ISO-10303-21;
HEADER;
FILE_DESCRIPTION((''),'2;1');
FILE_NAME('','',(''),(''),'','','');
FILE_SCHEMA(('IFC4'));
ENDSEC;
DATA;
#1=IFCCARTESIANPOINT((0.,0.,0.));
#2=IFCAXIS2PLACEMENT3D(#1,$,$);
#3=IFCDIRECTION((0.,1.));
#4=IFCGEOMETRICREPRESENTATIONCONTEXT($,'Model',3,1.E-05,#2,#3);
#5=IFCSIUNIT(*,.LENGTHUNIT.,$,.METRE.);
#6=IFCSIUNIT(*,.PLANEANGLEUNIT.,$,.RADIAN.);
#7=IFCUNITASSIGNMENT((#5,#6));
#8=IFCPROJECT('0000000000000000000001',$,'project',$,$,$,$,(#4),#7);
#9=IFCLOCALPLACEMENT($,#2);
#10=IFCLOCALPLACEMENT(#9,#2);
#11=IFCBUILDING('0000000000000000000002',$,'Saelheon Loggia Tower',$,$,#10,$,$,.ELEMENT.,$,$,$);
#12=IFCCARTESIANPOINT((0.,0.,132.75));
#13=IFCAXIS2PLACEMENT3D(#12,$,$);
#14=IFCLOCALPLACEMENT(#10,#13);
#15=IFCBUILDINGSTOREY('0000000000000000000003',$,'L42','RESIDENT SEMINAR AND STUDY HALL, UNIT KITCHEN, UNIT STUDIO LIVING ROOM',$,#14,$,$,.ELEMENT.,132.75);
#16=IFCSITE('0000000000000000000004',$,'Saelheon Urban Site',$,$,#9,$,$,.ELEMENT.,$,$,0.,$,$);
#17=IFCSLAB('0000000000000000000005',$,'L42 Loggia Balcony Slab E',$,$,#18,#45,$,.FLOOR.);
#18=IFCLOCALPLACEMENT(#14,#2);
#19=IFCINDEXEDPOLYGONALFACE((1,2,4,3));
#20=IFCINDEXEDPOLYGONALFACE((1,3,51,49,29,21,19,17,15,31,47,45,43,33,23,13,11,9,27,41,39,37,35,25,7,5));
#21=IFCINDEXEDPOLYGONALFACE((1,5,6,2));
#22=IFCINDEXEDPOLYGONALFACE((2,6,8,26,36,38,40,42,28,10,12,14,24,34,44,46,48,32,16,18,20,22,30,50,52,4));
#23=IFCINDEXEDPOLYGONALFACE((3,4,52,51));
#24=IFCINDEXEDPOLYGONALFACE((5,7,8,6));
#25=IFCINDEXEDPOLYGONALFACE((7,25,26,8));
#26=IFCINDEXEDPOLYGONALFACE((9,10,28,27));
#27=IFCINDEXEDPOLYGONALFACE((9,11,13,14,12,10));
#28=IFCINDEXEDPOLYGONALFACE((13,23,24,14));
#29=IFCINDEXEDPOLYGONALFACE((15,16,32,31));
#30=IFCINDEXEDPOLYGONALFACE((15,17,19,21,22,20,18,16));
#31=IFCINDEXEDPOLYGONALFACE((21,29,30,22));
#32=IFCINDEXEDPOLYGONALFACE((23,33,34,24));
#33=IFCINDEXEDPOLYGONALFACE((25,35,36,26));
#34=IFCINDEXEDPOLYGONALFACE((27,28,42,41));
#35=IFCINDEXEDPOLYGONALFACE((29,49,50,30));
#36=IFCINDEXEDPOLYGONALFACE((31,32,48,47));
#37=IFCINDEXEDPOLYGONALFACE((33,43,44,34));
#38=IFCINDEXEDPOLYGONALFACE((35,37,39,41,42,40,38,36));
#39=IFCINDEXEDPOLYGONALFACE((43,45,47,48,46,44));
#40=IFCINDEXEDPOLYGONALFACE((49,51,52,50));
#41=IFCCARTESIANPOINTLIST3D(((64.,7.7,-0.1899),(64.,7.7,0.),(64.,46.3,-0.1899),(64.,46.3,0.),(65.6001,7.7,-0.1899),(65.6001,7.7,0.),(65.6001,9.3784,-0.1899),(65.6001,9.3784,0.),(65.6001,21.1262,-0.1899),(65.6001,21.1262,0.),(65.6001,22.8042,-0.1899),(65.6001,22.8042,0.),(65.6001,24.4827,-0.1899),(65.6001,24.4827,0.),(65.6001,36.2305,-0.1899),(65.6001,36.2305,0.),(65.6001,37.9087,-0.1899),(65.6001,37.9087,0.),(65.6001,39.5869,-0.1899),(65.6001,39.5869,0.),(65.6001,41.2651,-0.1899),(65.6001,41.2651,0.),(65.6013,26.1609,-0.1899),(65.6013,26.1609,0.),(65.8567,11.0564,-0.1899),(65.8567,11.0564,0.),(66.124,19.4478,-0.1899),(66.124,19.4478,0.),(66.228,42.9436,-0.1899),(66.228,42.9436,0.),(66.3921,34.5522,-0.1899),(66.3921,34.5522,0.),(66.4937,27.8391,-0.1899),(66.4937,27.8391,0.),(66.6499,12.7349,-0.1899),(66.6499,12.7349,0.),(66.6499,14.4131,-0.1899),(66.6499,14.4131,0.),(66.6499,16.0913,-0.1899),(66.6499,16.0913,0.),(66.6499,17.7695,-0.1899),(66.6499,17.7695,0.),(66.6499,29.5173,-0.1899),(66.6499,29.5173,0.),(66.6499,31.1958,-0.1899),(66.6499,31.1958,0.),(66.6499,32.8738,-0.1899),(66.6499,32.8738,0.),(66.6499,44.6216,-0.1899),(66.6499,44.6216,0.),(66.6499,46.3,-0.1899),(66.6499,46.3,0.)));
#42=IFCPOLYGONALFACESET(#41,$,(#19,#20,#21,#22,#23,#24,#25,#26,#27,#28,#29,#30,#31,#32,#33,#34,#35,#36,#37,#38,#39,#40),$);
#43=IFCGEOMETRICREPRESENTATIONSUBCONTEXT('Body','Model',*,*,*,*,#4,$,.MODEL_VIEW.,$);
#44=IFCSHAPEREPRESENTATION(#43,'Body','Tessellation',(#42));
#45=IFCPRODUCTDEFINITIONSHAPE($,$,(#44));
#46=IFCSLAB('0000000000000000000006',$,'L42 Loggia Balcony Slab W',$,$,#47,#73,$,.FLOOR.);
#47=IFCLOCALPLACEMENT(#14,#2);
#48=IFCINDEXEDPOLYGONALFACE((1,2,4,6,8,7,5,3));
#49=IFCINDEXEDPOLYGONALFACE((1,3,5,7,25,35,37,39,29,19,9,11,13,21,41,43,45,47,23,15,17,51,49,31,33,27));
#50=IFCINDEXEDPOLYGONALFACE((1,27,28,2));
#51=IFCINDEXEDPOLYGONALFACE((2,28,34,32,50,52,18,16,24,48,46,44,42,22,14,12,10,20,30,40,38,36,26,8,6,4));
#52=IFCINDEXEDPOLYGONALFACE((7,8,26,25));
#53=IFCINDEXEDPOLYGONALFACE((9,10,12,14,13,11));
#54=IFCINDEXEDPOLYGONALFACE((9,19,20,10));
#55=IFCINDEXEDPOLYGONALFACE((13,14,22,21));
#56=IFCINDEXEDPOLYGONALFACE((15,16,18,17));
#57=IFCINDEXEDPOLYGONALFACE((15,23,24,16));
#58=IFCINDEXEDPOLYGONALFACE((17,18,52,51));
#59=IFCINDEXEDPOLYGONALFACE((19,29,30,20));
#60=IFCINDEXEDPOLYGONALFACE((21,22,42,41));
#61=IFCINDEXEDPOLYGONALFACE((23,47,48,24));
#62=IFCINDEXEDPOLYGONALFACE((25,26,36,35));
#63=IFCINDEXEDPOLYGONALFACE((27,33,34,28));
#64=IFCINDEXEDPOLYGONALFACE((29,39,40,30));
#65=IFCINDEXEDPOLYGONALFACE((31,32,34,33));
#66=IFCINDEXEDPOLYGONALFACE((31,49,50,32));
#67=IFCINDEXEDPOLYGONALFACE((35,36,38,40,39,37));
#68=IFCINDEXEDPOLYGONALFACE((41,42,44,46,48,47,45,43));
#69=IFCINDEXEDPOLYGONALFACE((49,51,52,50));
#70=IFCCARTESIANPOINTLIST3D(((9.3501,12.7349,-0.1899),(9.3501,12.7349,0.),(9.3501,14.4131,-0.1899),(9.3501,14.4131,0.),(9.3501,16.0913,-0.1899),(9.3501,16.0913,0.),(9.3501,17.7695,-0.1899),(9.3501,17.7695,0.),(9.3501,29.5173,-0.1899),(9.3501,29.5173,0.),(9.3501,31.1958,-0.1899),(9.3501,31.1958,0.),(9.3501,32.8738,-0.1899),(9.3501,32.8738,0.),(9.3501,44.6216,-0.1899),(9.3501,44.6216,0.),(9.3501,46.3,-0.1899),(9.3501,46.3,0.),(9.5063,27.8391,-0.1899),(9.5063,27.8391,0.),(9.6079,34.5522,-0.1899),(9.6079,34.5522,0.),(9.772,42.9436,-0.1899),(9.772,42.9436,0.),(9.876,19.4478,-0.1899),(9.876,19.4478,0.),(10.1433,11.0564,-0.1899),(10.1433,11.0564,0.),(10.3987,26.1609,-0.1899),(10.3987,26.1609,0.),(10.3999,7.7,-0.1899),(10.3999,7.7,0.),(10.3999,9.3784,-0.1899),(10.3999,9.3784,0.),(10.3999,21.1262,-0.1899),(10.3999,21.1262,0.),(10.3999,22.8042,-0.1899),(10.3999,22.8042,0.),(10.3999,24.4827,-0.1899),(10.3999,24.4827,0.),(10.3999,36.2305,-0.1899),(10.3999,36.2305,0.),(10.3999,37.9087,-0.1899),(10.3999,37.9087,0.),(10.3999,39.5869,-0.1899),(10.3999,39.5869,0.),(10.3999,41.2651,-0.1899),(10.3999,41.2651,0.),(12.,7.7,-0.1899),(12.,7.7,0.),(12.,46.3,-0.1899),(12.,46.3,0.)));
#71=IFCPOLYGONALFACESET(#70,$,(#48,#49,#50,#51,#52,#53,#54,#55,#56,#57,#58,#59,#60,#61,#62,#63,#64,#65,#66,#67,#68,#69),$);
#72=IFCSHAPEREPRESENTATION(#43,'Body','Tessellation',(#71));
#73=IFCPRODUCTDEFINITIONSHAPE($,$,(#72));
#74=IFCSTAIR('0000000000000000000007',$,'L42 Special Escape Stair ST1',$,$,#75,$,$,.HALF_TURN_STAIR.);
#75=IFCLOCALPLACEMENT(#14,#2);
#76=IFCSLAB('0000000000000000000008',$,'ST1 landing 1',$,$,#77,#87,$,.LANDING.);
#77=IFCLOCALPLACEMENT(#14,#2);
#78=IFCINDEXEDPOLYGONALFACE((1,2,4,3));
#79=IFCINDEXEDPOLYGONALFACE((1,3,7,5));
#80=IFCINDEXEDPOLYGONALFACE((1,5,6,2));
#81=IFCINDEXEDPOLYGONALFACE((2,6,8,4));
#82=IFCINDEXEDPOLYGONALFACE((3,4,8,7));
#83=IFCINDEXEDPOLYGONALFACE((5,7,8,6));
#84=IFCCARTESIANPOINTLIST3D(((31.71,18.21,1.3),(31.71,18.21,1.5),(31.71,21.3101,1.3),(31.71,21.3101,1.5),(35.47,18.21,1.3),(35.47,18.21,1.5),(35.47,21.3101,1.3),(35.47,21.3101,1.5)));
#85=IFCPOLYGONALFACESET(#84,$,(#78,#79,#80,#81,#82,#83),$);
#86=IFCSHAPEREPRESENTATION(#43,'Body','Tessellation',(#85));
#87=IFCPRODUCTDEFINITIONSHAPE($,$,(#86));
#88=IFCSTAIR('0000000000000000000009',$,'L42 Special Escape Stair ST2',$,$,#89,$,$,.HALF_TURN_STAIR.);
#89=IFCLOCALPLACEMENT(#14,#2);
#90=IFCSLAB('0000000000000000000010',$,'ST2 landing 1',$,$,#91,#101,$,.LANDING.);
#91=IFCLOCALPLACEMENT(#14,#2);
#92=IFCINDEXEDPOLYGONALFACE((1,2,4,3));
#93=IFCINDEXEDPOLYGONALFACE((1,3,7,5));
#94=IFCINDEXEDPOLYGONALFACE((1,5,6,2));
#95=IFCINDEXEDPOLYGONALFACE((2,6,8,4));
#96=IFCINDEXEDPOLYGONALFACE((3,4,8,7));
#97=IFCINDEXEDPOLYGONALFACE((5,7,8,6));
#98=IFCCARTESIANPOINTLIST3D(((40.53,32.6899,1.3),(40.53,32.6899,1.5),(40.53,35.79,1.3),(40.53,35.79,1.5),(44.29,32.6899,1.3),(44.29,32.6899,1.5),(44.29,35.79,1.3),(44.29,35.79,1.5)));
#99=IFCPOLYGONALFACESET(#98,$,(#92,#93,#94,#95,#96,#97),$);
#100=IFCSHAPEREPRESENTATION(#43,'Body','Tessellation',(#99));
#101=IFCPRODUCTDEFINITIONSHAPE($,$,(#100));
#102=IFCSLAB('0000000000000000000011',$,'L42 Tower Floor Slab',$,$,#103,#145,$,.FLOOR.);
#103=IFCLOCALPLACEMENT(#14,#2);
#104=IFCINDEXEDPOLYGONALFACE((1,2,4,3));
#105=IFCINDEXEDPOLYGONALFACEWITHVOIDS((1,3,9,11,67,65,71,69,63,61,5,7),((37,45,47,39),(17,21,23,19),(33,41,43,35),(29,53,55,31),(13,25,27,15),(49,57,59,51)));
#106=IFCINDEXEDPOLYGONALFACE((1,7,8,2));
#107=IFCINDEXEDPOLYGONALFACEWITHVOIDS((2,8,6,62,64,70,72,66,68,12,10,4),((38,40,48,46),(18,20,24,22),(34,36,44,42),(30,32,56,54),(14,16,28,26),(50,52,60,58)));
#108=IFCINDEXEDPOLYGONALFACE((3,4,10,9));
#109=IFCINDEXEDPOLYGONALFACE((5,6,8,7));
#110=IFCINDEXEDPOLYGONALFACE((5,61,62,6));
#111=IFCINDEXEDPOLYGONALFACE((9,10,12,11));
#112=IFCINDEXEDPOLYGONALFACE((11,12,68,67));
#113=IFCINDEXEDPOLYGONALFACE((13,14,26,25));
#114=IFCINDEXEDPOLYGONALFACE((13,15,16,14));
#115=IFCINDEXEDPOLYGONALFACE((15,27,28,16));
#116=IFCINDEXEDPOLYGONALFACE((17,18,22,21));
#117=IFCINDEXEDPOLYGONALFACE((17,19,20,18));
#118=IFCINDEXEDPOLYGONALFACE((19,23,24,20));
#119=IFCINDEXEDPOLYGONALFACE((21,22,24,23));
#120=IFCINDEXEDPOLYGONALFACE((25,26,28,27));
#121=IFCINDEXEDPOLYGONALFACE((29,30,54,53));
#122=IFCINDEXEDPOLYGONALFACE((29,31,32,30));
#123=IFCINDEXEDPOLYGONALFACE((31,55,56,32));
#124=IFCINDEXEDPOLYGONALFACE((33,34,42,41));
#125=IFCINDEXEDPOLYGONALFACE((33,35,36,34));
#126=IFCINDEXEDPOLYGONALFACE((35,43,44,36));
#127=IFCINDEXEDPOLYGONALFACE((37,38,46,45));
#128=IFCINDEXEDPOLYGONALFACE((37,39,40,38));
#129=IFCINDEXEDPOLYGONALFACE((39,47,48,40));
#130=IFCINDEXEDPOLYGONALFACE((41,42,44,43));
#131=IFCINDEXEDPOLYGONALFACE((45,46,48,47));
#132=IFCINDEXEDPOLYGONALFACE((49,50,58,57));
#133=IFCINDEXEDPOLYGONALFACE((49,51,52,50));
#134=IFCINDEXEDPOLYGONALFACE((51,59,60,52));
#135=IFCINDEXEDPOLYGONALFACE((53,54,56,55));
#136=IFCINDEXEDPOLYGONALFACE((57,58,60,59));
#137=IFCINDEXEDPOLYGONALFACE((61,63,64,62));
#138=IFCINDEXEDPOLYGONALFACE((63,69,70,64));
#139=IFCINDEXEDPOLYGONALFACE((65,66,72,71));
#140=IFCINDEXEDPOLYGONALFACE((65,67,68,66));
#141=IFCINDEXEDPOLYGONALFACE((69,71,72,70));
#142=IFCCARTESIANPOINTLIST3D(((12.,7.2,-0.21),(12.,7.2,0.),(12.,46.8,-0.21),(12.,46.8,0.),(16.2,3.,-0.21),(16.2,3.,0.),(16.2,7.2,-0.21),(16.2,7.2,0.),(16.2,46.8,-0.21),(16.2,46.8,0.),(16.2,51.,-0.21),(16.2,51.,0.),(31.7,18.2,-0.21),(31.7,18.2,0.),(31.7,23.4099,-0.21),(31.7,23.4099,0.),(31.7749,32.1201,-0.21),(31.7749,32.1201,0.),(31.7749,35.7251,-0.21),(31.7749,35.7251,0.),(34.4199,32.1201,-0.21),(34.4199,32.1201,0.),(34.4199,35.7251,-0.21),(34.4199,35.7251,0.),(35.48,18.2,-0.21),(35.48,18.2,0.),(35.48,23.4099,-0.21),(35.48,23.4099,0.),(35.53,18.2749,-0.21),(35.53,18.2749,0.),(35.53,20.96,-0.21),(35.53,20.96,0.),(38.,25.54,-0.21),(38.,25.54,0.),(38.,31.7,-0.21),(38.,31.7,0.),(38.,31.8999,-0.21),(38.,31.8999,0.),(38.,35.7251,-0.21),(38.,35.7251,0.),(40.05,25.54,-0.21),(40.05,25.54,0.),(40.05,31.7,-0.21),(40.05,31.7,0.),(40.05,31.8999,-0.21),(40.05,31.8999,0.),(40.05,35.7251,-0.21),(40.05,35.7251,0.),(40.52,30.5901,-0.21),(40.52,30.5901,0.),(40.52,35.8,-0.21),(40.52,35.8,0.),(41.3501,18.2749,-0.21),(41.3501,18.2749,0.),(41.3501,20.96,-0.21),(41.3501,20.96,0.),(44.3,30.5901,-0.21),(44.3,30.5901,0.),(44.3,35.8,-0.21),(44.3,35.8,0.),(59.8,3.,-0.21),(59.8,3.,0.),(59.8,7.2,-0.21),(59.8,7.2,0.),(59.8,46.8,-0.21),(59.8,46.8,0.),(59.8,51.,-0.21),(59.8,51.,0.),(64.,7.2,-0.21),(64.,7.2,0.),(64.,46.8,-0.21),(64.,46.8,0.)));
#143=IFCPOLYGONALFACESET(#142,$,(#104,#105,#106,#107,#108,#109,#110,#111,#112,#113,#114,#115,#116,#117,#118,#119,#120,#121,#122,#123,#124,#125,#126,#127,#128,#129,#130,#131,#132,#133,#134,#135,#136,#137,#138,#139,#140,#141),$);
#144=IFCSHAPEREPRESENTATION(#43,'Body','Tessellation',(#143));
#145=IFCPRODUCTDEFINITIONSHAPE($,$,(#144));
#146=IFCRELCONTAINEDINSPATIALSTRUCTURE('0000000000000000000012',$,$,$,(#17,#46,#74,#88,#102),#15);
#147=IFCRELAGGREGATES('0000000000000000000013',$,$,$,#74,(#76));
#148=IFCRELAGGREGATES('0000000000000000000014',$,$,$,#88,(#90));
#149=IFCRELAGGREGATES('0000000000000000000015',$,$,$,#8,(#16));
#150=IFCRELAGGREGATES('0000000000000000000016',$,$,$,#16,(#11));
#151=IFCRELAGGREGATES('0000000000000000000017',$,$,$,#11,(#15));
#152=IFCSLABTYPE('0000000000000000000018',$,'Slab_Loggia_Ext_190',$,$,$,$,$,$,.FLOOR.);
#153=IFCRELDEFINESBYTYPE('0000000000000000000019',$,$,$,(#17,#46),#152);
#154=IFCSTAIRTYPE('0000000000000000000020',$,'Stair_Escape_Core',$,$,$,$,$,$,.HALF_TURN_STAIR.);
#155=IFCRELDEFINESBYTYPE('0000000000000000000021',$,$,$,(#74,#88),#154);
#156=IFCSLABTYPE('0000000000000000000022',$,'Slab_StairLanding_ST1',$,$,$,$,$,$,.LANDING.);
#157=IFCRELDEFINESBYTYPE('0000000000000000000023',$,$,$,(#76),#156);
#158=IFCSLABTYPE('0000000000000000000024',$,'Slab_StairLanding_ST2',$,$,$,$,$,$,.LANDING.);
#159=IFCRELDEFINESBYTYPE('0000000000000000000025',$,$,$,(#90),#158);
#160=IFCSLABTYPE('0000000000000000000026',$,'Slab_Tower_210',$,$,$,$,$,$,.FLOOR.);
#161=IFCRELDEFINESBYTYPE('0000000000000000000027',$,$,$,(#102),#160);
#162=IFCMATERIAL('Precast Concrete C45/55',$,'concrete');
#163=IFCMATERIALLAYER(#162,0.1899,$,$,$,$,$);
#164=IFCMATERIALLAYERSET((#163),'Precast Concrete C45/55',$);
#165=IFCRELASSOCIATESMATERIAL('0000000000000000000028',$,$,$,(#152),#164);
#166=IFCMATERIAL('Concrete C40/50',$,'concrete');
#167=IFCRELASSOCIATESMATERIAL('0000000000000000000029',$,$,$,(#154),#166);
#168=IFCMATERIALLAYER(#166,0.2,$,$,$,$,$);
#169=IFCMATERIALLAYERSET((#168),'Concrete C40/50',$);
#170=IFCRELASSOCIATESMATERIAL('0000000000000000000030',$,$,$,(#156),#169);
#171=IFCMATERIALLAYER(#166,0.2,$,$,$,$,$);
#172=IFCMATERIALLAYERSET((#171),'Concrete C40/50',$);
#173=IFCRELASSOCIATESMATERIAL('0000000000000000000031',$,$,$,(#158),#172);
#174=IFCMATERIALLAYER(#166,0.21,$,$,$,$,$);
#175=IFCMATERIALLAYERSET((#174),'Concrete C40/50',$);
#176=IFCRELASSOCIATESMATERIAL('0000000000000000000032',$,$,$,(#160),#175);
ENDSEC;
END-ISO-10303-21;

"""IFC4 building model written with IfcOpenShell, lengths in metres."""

from ifc_helpers import new_model, si_unit, direction, frame, origin, place, context, subcontext, project, spatial, polyline, outline, extrude, material, layer, layer_set, type_object, element, aggregate, save


model = new_model("IFC4")

# Units and contexts
model_context = context("Model", 3, precision=1e-05, world=origin(), true_north=direction((0.0, 1.0)))
body_context = subcontext(model_context, "Body", "Model", "MODEL_VIEW")
ifc_project = project(units=[si_unit("LENGTHUNIT", "METRE"), si_unit("PLANEANGLEUNIT", "RADIAN")], contexts=[model_context])

# Site, building, storey
site_placement = place(None, origin())
site = spatial("IfcSite", under=ifc_project, at=site_placement, Name="Saelheon Urban Site", CompositionType="ELEMENT", RefElevation=0.0)
building_placement = place(site_placement, origin())
building = spatial("IfcBuilding", under=site, at=building_placement, Name="Saelheon Loggia Tower", CompositionType="ELEMENT")
storey_placement = place(building_placement, frame((0.0, 0.0, 132.75)))
storey = spatial("IfcBuildingStorey", under=building, at=storey_placement, Name="L42", Description="RESIDENT SEMINAR AND STUDY HALL, UNIT KITCHEN, UNIT STUDIO LIVING ROOM", CompositionType="ELEMENT", Elevation=132.75)

# Shared definitions
ifc_material_1 = material(Name="Precast Concrete C45/55", Category="concrete")

# Shared definitions
ifc_material_2 = material(Name="Concrete C40/50", Category="concrete")

# Slabs
ifc_layer_1 = layer(ifc_material_1, 0.1899)
ifc_layer_set_1 = layer_set([ifc_layer_1], Name="Precast Concrete C45/55")
slab_type_1 = type_object("IfcSlabType", Name="Slab_Loggia_Ext_190", PredefinedType="FLOOR", material=ifc_layer_set_1)
slab_1_placement = place(storey_placement, frame((0.0, 0.0, -0.1899)))
element("IfcSlab", 1, at=slab_1_placement, inside=storey, type_object=slab_type_1, Name="L42 Loggia Balcony Slab E", PredefinedType="FLOOR", context=body_context, shape_type="SweptSolid", body=[
    extrude(outline(polyline([(64.0, 7.7), (65.6001, 7.7), (65.6001, 9.3784), (65.8567, 11.0564), (66.6499, 12.7349), (66.6499, 14.4131), (66.6499, 16.0913), (66.6499, 17.7695), (66.124, 19.4478), (65.6001, 21.1262), (65.6001, 22.8042), (65.6001, 24.4827), (65.6013, 26.1609), (66.4937, 27.8391), (66.6499, 29.5173), (66.6499, 31.1958), (66.6499, 32.8738), (66.3921, 34.5522), (65.6001, 36.2305), (65.6001, 37.9087), (65.6001, 39.5869), (65.6001, 41.2651), (66.228, 42.9436), (66.6499, 44.6216), (66.6499, 46.3), (64.0, 46.3), (64.0, 7.7)])), origin(), (0.0, 0.0, 1.0), 0.1899),
])
slab_2_placement = place(storey_placement, frame((0.0, 0.0, -0.1899)))
element("IfcSlab", 2, at=slab_2_placement, inside=storey, type_object=slab_type_1, Name="L42 Loggia Balcony Slab W", PredefinedType="FLOOR", context=body_context, shape_type="SweptSolid", body=[
    extrude(outline(polyline([(12.0, 7.7), (12.0, 46.3), (9.3501, 46.3), (9.3501, 44.6216), (9.772, 42.9436), (10.3999, 41.2651), (10.3999, 39.5869), (10.3999, 37.9087), (10.3999, 36.2305), (9.6079, 34.5522), (9.3501, 32.8738), (9.3501, 31.1958), (9.3501, 29.5173), (9.5063, 27.8391), (10.3987, 26.1609), (10.3999, 24.4827), (10.3999, 22.8042), (10.3999, 21.1262), (9.876, 19.4478), (9.3501, 17.7695), (9.3501, 16.0913), (9.3501, 14.4131), (9.3501, 12.7349), (10.1433, 11.0564), (10.3999, 9.3784), (10.3999, 7.7), (12.0, 7.7)])), origin(), (0.0, 0.0, 1.0), 0.1899),
])

# Stairs, slabs
stair_type = type_object("IfcStairType", Name="Stair_Escape_Core", PredefinedType="HALF_TURN_STAIR", material=ifc_material_2)
stair_1_placement = place(storey_placement, origin())
stair_1 = element("IfcStair", 3, at=stair_1_placement, inside=storey, type_object=stair_type, Name="L42 Special Escape Stair ST1", PredefinedType="HALF_TURN_STAIR")
ifc_layer_2 = layer(ifc_material_2, 0.2)
ifc_layer_set_2 = layer_set([ifc_layer_2], Name="Concrete C40/50")
slab_type_2 = type_object("IfcSlabType", Name="Slab_StairLanding_ST1", PredefinedType="LANDING", material=ifc_layer_set_2)
slab_3_placement = place(storey_placement, frame((0.0, 0.0, 1.3)))
slab_3 = element("IfcSlab", 4, at=slab_3_placement, type_object=slab_type_2, Name="ST1 landing 1", PredefinedType="LANDING", context=body_context, shape_type="SweptSolid", body=[
    extrude(outline(polyline([(31.71, 21.3101), (31.71, 18.21), (35.47, 18.21), (35.47, 21.3101), (31.71, 21.3101)])), origin(), (0.0, 0.0, 1.0), 0.2),
])
aggregate(stair_1, [slab_3])
stair_2_placement = place(storey_placement, origin())
stair_2 = element("IfcStair", 5, at=stair_2_placement, inside=storey, type_object=stair_type, Name="L42 Special Escape Stair ST2", PredefinedType="HALF_TURN_STAIR")
ifc_layer_3 = layer(ifc_material_2, 0.2)
ifc_layer_set_3 = layer_set([ifc_layer_3], Name="Concrete C40/50")
slab_type_3 = type_object("IfcSlabType", Name="Slab_StairLanding_ST2", PredefinedType="LANDING", material=ifc_layer_set_3)
slab_4_placement = place(storey_placement, frame((0.0, 0.0, 1.3)))
slab_4 = element("IfcSlab", 6, at=slab_4_placement, type_object=slab_type_3, Name="ST2 landing 1", PredefinedType="LANDING", context=body_context, shape_type="SweptSolid", body=[
    extrude(outline(polyline([(44.29, 32.6899), (44.29, 35.79), (40.53, 35.79), (40.53, 32.6899), (44.29, 32.6899)])), origin(), (0.0, 0.0, 1.0), 0.2),
])
aggregate(stair_2, [slab_4])

# Slab
ifc_layer_4 = layer(ifc_material_2, 0.21)
ifc_layer_set_4 = layer_set([ifc_layer_4], Name="Concrete C40/50")
slab_type_4 = type_object("IfcSlabType", Name="Slab_Tower_210", PredefinedType="FLOOR", material=ifc_layer_set_4)
slab_5_placement = place(storey_placement, frame((0.0, 0.0, -0.21)))
element("IfcSlab", 7, at=slab_5_placement, inside=storey, type_object=slab_type_4, Name="L42 Tower Floor Slab", PredefinedType="FLOOR", context=body_context, shape_type="SweptSolid", body=[
    extrude(outline(polyline([(16.2, 3.0), (59.8, 3.0), (59.8, 7.2), (64.0, 7.2), (64.0, 46.8), (59.8, 46.8), (59.8, 51.0), (16.2, 51.0), (16.2, 46.8), (12.0, 46.8), (12.0, 7.2), (16.2, 7.2), (16.2, 3.0)]), holes=[polyline([(31.7, 23.4099), (31.7, 18.2), (35.48, 18.2), (35.48, 23.4099), (31.7, 23.4099)]), polyline([(44.3, 30.5901), (44.3, 35.8), (40.52, 35.8), (40.52, 30.5901), (44.3, 30.5901)]), polyline([(35.53, 18.2749), (41.3501, 18.2749), (41.3501, 20.96), (35.53, 20.96), (35.53, 18.2749)]), polyline([(31.7749, 32.1201), (34.4199, 32.1201), (34.4199, 35.7251), (31.7749, 35.7251), (31.7749, 32.1201)]), polyline([(38.0, 31.8999), (40.05, 31.8999), (40.05, 35.7251), (38.0, 35.7251), (38.0, 31.8999)]), polyline([(38.0, 25.54), (40.05, 25.54), (40.05, 31.7), (38.0, 31.7), (38.0, 25.54)])]), origin(), (0.0, 0.0, 1.0), 0.21),
])

save(model, "model.ifc")
